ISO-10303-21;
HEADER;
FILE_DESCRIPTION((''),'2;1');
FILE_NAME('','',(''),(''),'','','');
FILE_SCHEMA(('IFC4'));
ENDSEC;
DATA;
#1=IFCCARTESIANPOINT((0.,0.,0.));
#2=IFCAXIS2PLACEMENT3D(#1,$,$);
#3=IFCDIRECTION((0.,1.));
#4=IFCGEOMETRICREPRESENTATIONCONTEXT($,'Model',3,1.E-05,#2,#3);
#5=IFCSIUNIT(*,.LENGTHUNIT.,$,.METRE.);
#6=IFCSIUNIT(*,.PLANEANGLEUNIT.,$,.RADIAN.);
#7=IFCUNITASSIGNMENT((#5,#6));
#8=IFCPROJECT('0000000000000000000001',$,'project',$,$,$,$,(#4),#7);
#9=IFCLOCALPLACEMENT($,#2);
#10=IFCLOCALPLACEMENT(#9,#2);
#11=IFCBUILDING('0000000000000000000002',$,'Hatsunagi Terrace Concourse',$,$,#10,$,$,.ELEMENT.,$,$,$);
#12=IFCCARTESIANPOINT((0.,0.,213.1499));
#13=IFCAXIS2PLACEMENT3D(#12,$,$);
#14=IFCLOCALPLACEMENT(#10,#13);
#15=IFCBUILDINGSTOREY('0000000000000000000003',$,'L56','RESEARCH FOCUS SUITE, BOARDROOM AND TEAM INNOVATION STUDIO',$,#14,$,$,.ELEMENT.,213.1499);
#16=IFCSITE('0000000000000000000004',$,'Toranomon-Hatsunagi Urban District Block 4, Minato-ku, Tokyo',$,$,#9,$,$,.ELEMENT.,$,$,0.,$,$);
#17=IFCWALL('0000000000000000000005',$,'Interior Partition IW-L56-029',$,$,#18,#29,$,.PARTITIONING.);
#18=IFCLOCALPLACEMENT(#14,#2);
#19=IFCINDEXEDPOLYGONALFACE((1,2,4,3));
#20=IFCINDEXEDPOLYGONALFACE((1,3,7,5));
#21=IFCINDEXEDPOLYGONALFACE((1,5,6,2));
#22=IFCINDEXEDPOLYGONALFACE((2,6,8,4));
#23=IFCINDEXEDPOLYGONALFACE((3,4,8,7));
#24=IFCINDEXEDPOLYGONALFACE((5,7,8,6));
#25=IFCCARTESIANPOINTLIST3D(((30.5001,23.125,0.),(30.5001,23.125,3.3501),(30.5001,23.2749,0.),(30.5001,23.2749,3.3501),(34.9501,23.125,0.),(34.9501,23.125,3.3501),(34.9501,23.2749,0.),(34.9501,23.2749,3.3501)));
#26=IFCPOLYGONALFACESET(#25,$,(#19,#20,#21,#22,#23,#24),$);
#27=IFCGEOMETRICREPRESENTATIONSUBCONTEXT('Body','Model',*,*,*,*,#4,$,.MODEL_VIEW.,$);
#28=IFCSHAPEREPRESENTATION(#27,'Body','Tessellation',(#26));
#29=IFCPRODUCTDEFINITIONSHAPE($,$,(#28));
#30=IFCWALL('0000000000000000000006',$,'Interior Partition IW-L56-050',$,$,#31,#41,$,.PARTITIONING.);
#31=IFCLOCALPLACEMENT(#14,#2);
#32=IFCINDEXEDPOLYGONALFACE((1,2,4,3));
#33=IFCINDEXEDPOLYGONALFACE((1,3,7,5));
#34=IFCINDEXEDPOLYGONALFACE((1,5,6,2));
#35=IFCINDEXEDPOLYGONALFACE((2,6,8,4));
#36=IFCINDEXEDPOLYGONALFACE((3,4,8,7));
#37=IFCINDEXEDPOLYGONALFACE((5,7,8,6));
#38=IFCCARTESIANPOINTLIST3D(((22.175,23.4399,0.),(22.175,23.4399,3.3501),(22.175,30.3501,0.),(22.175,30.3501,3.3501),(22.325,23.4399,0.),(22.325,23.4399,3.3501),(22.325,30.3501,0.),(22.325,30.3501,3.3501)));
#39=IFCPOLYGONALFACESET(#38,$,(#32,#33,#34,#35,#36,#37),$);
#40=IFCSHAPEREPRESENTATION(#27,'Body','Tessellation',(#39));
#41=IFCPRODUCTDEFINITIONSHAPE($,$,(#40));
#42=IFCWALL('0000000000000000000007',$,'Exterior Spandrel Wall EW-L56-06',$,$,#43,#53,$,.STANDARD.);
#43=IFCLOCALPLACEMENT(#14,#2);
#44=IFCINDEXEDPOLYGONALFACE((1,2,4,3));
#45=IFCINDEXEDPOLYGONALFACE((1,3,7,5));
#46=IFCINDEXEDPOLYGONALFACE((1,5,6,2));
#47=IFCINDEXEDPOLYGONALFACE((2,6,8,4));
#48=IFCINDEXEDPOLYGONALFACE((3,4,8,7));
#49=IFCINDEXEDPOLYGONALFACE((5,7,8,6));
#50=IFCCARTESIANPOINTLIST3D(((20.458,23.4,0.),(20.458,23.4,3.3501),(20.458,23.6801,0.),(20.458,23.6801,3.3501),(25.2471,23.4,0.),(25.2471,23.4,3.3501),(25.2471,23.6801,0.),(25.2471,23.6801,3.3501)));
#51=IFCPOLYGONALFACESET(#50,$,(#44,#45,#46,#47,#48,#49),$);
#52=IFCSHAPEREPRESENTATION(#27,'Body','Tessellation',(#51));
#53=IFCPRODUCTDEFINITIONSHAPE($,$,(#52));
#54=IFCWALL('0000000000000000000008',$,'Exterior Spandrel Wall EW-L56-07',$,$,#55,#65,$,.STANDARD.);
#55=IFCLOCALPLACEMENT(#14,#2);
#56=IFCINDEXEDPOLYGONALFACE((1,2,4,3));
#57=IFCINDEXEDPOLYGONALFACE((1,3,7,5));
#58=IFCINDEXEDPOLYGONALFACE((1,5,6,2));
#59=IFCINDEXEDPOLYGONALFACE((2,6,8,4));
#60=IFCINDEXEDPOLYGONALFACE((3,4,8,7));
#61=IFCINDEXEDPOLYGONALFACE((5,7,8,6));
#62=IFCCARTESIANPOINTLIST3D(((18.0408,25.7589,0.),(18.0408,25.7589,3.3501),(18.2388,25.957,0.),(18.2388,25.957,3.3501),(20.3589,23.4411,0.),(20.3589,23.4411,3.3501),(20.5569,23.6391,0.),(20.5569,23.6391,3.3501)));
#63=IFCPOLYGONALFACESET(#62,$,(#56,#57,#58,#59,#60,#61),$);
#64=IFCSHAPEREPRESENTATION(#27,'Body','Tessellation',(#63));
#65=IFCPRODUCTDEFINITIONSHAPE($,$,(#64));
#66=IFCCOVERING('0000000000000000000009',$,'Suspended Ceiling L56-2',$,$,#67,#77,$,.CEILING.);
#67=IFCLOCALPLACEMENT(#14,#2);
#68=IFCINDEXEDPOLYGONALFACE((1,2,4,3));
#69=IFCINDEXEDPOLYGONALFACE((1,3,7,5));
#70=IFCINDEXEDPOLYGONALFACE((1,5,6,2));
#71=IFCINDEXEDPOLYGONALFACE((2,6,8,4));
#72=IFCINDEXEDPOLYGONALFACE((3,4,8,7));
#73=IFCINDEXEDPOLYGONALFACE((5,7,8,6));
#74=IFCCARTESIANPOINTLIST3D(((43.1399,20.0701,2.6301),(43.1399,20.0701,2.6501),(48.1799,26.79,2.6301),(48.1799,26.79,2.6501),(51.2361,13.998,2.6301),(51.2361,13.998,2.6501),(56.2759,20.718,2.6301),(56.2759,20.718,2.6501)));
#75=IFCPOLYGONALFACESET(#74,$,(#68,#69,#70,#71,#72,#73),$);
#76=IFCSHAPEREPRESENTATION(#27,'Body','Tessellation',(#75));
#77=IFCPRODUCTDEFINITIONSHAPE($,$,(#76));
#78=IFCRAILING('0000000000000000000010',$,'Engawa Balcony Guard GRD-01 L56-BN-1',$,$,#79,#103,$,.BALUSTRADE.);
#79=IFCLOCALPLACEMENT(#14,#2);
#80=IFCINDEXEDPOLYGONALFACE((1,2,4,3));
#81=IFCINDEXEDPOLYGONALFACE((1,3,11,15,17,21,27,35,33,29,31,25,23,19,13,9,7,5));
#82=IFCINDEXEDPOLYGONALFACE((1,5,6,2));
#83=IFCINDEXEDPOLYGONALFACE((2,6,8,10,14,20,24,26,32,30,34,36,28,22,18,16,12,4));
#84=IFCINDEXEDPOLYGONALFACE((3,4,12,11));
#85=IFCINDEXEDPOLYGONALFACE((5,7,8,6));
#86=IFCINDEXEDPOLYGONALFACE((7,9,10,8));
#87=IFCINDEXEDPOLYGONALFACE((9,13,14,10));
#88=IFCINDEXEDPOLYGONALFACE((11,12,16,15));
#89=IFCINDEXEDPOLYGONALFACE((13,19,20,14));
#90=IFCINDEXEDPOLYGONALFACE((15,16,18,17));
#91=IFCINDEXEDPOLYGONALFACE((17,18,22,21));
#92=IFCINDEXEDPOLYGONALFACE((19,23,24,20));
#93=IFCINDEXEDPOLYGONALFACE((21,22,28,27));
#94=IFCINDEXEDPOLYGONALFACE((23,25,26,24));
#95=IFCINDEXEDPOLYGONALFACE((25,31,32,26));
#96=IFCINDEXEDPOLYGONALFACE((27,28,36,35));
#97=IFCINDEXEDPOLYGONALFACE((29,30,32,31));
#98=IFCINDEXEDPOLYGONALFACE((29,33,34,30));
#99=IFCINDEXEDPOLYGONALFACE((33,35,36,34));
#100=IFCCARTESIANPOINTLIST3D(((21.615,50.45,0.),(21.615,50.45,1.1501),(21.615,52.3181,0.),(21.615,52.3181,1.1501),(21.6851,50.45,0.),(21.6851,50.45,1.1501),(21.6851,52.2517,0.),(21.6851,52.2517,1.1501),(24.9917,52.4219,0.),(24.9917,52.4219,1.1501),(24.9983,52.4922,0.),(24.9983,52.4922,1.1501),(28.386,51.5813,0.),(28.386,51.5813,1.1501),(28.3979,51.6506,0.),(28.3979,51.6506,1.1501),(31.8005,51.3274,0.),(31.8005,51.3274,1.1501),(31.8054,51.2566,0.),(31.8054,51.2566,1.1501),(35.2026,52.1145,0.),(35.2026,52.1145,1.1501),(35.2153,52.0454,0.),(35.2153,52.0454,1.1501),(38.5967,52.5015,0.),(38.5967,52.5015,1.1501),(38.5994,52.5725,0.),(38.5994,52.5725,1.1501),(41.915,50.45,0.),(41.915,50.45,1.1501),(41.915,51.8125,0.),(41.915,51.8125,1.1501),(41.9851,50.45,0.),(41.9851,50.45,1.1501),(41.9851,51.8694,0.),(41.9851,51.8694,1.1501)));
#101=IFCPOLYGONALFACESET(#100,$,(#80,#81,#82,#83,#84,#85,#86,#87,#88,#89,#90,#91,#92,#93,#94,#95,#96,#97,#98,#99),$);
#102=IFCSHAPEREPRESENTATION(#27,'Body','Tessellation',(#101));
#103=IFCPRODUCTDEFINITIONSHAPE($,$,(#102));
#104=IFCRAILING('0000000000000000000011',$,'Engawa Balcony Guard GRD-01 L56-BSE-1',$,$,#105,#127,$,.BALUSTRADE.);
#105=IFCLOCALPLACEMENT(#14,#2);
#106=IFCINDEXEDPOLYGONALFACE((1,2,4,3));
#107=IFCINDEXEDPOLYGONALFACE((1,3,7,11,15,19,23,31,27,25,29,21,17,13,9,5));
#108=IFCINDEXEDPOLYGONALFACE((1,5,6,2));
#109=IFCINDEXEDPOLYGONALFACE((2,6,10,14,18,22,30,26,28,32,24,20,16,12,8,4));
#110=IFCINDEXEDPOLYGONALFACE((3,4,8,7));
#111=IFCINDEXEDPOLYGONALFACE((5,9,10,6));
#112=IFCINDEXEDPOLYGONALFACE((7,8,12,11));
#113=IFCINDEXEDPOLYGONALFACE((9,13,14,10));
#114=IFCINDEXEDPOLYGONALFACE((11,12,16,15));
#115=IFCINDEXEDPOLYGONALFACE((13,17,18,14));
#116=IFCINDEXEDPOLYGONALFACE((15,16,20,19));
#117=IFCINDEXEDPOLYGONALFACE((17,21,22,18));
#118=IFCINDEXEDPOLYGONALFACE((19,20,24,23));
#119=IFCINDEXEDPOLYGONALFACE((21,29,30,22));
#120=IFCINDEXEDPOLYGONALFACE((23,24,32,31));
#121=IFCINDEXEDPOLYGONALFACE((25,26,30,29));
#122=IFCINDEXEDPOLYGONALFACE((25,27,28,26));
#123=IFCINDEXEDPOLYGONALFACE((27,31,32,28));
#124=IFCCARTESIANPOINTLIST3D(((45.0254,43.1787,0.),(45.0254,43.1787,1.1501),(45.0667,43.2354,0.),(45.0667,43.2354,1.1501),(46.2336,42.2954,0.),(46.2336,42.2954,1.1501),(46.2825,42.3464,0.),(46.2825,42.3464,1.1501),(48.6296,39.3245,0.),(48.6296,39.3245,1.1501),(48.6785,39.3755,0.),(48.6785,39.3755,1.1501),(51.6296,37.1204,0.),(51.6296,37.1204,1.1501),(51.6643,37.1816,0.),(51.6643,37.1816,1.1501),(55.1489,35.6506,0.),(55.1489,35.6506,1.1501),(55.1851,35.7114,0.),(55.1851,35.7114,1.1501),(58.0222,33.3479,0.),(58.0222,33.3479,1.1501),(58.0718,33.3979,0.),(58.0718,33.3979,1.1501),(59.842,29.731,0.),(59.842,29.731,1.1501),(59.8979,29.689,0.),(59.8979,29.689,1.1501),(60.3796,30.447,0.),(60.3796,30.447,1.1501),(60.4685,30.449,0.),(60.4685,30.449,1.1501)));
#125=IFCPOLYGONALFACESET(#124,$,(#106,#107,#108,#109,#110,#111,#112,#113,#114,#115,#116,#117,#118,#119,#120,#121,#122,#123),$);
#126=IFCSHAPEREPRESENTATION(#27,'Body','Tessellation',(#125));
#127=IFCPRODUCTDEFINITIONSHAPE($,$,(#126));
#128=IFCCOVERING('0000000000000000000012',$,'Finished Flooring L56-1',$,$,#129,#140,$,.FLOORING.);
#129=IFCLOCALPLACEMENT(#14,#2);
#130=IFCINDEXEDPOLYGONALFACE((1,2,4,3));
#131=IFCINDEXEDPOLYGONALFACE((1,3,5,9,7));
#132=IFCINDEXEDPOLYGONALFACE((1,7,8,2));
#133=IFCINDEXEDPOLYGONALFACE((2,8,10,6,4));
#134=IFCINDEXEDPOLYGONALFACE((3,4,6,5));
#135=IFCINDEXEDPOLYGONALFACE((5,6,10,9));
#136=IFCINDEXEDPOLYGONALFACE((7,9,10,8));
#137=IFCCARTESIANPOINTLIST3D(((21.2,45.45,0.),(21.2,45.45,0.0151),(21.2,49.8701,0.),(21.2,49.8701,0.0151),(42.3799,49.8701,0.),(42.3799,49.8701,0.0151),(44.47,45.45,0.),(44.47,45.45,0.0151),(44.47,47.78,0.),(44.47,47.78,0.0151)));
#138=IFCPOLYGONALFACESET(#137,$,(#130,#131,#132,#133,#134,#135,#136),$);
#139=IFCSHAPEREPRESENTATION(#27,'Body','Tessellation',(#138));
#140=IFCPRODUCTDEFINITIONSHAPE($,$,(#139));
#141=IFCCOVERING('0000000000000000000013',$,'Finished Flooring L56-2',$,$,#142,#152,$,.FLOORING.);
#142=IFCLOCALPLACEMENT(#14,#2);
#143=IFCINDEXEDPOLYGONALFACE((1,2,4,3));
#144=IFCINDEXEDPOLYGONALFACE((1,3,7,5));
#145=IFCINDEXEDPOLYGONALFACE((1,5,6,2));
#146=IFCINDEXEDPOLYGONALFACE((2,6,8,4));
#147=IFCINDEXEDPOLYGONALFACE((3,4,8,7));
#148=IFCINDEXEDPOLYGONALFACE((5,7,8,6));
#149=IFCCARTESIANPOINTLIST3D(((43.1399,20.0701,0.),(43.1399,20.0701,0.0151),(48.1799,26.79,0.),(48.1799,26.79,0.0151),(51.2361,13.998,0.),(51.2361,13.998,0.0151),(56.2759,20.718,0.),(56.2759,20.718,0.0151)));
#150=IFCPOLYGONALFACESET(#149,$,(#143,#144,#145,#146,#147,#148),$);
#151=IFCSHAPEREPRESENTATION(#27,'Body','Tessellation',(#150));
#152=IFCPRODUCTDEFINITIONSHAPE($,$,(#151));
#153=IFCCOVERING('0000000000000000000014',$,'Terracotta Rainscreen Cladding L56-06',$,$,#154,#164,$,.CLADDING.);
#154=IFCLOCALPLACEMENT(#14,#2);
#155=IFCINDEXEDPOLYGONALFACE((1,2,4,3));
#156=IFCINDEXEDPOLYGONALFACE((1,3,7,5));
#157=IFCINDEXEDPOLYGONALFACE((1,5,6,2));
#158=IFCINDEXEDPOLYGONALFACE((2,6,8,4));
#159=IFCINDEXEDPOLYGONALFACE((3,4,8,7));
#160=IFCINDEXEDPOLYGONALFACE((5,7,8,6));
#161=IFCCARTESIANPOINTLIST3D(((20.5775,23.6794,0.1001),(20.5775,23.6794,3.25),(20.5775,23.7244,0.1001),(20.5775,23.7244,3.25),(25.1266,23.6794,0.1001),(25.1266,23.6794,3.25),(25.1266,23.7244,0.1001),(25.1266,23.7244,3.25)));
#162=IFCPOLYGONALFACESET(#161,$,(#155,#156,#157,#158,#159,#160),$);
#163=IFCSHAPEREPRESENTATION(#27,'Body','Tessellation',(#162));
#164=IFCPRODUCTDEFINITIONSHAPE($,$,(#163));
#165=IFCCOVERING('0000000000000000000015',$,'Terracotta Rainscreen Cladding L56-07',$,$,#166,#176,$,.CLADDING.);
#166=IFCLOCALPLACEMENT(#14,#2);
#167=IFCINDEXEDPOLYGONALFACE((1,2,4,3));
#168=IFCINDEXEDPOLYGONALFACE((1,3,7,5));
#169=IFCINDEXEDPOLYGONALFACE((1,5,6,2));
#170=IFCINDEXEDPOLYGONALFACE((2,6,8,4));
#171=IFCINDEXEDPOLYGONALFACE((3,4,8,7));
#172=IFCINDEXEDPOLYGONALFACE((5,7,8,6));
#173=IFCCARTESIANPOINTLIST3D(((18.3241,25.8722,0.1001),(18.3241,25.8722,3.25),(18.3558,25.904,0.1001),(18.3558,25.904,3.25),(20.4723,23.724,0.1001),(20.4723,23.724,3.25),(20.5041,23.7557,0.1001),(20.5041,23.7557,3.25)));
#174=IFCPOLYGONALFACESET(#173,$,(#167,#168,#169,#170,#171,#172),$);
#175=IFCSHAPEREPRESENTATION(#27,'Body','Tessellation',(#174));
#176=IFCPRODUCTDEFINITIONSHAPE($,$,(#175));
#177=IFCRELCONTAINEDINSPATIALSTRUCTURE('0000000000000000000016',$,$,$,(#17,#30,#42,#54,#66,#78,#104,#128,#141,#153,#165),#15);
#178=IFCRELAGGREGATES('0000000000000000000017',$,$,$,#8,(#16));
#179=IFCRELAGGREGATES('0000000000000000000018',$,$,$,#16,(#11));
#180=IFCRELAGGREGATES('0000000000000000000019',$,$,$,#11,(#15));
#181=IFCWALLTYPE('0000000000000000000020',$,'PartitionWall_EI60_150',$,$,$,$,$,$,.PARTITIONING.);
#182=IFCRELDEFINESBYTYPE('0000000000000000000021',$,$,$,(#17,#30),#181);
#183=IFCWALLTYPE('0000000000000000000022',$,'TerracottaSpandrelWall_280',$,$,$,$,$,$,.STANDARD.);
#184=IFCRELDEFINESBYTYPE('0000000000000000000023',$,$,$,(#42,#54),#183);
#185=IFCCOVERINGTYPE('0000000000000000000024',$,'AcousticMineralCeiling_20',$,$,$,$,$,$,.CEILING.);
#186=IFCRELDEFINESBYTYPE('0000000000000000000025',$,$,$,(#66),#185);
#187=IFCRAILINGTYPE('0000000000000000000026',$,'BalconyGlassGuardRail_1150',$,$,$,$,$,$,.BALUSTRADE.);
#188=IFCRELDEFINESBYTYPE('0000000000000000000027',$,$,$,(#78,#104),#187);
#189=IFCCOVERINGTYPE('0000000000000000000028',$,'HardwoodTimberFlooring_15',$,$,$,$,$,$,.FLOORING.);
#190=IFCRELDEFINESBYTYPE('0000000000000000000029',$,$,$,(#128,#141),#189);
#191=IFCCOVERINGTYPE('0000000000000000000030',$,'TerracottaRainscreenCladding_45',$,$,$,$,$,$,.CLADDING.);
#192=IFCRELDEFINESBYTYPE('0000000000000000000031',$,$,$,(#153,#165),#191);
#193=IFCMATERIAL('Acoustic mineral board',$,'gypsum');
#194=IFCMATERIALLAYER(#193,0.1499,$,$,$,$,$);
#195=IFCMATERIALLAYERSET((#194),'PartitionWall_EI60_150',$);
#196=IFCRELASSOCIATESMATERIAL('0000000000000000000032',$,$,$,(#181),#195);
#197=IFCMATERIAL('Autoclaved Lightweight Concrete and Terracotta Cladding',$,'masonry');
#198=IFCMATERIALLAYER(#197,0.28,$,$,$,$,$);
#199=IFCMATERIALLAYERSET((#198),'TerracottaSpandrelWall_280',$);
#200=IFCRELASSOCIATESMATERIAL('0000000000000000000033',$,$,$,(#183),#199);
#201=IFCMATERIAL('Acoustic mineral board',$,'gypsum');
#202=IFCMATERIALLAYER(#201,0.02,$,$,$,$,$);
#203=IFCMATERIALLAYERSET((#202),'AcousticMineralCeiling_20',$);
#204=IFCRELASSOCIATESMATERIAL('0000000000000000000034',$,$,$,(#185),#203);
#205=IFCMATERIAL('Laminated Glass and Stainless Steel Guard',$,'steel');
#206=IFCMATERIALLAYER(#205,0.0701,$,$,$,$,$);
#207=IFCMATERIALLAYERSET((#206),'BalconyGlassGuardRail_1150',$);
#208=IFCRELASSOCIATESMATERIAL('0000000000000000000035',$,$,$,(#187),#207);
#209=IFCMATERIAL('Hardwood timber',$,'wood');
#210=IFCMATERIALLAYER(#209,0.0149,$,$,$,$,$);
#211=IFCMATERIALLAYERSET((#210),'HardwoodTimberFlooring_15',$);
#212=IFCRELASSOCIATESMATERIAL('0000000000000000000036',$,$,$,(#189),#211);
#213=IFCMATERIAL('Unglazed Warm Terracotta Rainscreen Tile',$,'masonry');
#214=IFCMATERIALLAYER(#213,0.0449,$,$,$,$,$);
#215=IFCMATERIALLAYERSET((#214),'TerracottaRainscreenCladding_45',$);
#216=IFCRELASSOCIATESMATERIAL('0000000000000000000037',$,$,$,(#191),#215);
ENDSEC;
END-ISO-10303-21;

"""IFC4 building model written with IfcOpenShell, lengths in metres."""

from ifc_helpers import new_model, si_unit, direction, frame, frame_2d, origin, origin_2d, place, context, subcontext, project, spatial, polyline, rectangle, outline, extrude, material, layer, layer_set, type_object, element, save


model = new_model("IFC4")

# Units and contexts
model_context = context("Model", 3, precision=1e-05, world=origin(), true_north=direction((0.0, 1.0)))
body_context = subcontext(model_context, "Body", "Model", "MODEL_VIEW")
ifc_project = project(units=[si_unit("LENGTHUNIT", "METRE"), si_unit("PLANEANGLEUNIT", "RADIAN")], contexts=[model_context])

# Site, building, storey
site_placement = place(None, origin())
site = spatial("IfcSite", under=ifc_project, at=site_placement, Name="Toranomon-Hatsunagi Urban District Block 4, Minato-ku, Tokyo", CompositionType="ELEMENT", RefElevation=0.0)
building_placement = place(site_placement, origin())
building = spatial("IfcBuilding", under=site, at=building_placement, Name="Hatsunagi Terrace Concourse", CompositionType="ELEMENT")
storey_placement = place(building_placement, frame((0.0, 0.0, 213.1499)))
storey = spatial("IfcBuildingStorey", under=building, at=storey_placement, Name="L56", Description="RESEARCH FOCUS SUITE, BOARDROOM AND TEAM INNOVATION STUDIO", CompositionType="ELEMENT", Elevation=213.1499)

# Wall
ifc_material_1 = material(Name="Acoustic mineral board", Category="gypsum")
ifc_layer_1 = layer(ifc_material_1, 0.1499)
ifc_layer_set_1 = layer_set([ifc_layer_1], Name="PartitionWall_EI60_150")
wall_type_1 = type_object("IfcWallType", Name="PartitionWall_EI60_150", PredefinedType="PARTITIONING", material=ifc_layer_set_1)
wall_1_placement = place(storey_placement, frame((30.5, 23.2, 0.0), z_axis=(0.0, 0.0, 1.0), x_axis=(1.0, 0.0, 0.0)))
element("IfcWall", 1, at=wall_1_placement, inside=storey, type_object=wall_type_1, Name="Interior Partition IW-L56-029", PredefinedType="PARTITIONING", context=body_context, shape_type="SweptSolid", body=[
    extrude(rectangle(XDim=4.45, YDim=0.1499, at=frame_2d((2.2251, 0.0))), origin(), (0.0, 0.0, 1.0), 3.3501),
])

# Walls
wall_2_placement = place(storey_placement, frame((22.25, 23.4399, 0.0), z_axis=(0.0, 0.0, 1.0), x_axis=(0.0, 1.0, 0.0)))
element("IfcWall", 2, at=wall_2_placement, inside=storey, type_object=wall_type_1, Name="Interior Partition IW-L56-050", PredefinedType="PARTITIONING", context=body_context, shape_type="SweptSolid", body=[
    extrude(rectangle(XDim=6.9102, YDim=0.1499, at=frame_2d((3.4551, 0.0))), origin(), (0.0, 0.0, 1.0), 3.3501),
])
ifc_material_2 = material(Name="Autoclaved Lightweight Concrete and Terracotta Cladding", Category="masonry")
ifc_layer_2 = layer(ifc_material_2, 0.28)
ifc_layer_set_2 = layer_set([ifc_layer_2], Name="TerracottaSpandrelWall_280")
wall_type_2 = type_object("IfcWallType", Name="TerracottaSpandrelWall_280", PredefinedType="STANDARD", material=ifc_layer_set_2)
wall_3_placement = place(storey_placement, frame((25.2471, 23.54, 0.0), z_axis=(0.0, 0.0, 1.0), x_axis=(-1.0, 0.0, 0.0)))
element("IfcWall", 3, at=wall_3_placement, inside=storey, type_object=wall_type_2, Name="Exterior Spandrel Wall EW-L56-06", PredefinedType="STANDARD", context=body_context, shape_type="SweptSolid", body=[
    extrude(rectangle(XDim=4.7891, YDim=0.28, at=frame_2d((2.3945, 0.0))), origin(), (0.0, 0.0, 1.0), 3.3501),
])
wall_4_placement = place(storey_placement, frame((20.458, 23.54, 0.0), z_axis=(0.0, 0.0, 1.0), x_axis=(-0.707144, 0.70707, 0.0)))
element("IfcWall", 4, at=wall_4_placement, inside=storey, type_object=wall_type_2, Name="Exterior Spandrel Wall EW-L56-07", PredefinedType="STANDARD", context=body_context, shape_type="SweptSolid", body=[
    extrude(rectangle(XDim=3.2781, YDim=0.28, at=frame_2d((1.6392, 0.0))), origin(), (0.0, 0.0, 1.0), 3.3501),
])

# Covering
ifc_material_3 = material(Name="Acoustic mineral board", Category="gypsum")
ifc_layer_3 = layer(ifc_material_3, 0.02)
ifc_layer_set_3 = layer_set([ifc_layer_3], Name="AcousticMineralCeiling_20")
covering_type_1 = type_object("IfcCoveringType", Name="AcousticMineralCeiling_20", PredefinedType="CEILING", material=ifc_layer_set_3)
covering_1_placement = place(storey_placement, frame((0.0, 0.0, 2.6301)))
element("IfcCovering", 5, at=covering_1_placement, inside=storey, type_object=covering_type_1, Name="Suspended Ceiling L56-2", PredefinedType="CEILING", context=body_context, shape_type="SweptSolid", body=[
    extrude(outline(polyline([(56.2759, 20.718), (48.1799, 26.79), (43.1399, 20.0701), (51.2361, 13.998), (56.2759, 20.718)])), origin(), (0.0, 0.0, 1.0), 0.02),
])

# Railings
ifc_material_4 = material(Name="Laminated Glass and Stainless Steel Guard", Category="steel")
ifc_layer_4 = layer(ifc_material_4, 0.0701)
ifc_layer_set_4 = layer_set([ifc_layer_4], Name="BalconyGlassGuardRail_1150")
railing_type = type_object("IfcRailingType", Name="BalconyGlassGuardRail_1150", PredefinedType="BALUSTRADE", material=ifc_layer_set_4)
railing_1_placement = place(storey_placement, origin())
element("IfcRailing", 6, at=railing_1_placement, inside=storey, type_object=railing_type, Name="Engawa Balcony Guard GRD-01 L56-BN-1", PredefinedType="BALUSTRADE", context=body_context, shape_type="SweptSolid", body=[
    extrude(outline(polyline([(21.615, 50.45), (21.6851, 50.45), (21.6851, 52.2517), (24.9917, 52.4219), (28.386, 51.5813), (31.8054, 51.2566), (35.2153, 52.0454), (38.5967, 52.5015), (41.915, 51.8125), (41.915, 50.45), (41.9851, 50.45), (41.9851, 51.8694), (38.5994, 52.5725), (35.2026, 52.1145), (31.8005, 51.3274), (28.3979, 51.6506), (24.9983, 52.4922), (21.615, 52.3181), (21.615, 50.45)])), origin(), (0.0, 0.0, 1.0), 1.1501),
])
railing_2_placement = place(storey_placement, origin())
element("IfcRailing", 7, at=railing_2_placement, inside=storey, type_object=railing_type, Name="Engawa Balcony Guard GRD-01 L56-BSE-1", PredefinedType="BALUSTRADE", context=body_context, shape_type="SweptSolid", body=[
    extrude(outline(polyline([(45.0667, 43.2354), (45.0254, 43.1787), (46.2336, 42.2954), (48.6296, 39.3245), (51.6296, 37.1204), (55.1489, 35.6506), (58.0222, 33.3479), (60.3796, 30.447), (59.842, 29.731), (59.8979, 29.689), (60.4685, 30.449), (58.0718, 33.3979), (55.1851, 35.7114), (51.6643, 37.1816), (48.6785, 39.3755), (46.2825, 42.3464), (45.0667, 43.2354)])), origin(), (0.0, 0.0, 1.0), 1.1501),
])

# Coverings
ifc_material_5 = material(Name="Hardwood timber", Category="wood")
ifc_layer_5 = layer(ifc_material_5, 0.0149)
ifc_layer_set_5 = layer_set([ifc_layer_5], Name="HardwoodTimberFlooring_15")
covering_type_2 = type_object("IfcCoveringType", Name="HardwoodTimberFlooring_15", PredefinedType="FLOORING", material=ifc_layer_set_5)
covering_2_placement = place(storey_placement, origin())
element("IfcCovering", 8, at=covering_2_placement, inside=storey, type_object=covering_type_2, Name="Finished Flooring L56-1", PredefinedType="FLOORING", context=body_context, shape_type="SweptSolid", body=[
    extrude(outline(polyline([(42.3799, 49.8701), (21.2, 49.8701), (21.2, 45.45), (44.47, 45.45), (44.47, 47.78), (42.3799, 49.8701)])), origin(), (0.0, 0.0, 1.0), 0.0151),
])
covering_3_placement = place(storey_placement, origin())
element("IfcCovering", 9, at=covering_3_placement, inside=storey, type_object=covering_type_2, Name="Finished Flooring L56-2", PredefinedType="FLOORING", context=body_context, shape_type="SweptSolid", body=[
    extrude(outline(polyline([(56.2759, 20.718), (48.1799, 26.79), (43.1399, 20.0701), (51.2361, 13.998), (56.2759, 20.718)])), origin(), (0.0, 0.0, 1.0), 0.0151),
])
ifc_material_6 = material(Name="Unglazed Warm Terracotta Rainscreen Tile", Category="masonry")
ifc_layer_6 = layer(ifc_material_6, 0.0449)
ifc_layer_set_6 = layer_set([ifc_layer_6], Name="TerracottaRainscreenCladding_45")
covering_type_3 = type_object("IfcCoveringType", Name="TerracottaRainscreenCladding_45", PredefinedType="CLADDING", material=ifc_layer_set_6)
covering_4_placement = place(storey_placement, frame((22.8521, 23.7019, 0.1001), z_axis=(0.0, 0.0, 1.0), x_axis=(-1.0, 0.0, 0.0)))
element("IfcCovering", 10, at=covering_4_placement, inside=storey, type_object=covering_type_3, Name="Terracotta Rainscreen Cladding L56-06", PredefinedType="CLADDING", context=body_context, shape_type="SweptSolid", body=[
    extrude(rectangle(XDim=4.5491, YDim=0.0449, at=origin_2d()), origin(), (0.0, 0.0, 1.0), 3.1499),
])
covering_5_placement = place(storey_placement, frame((19.4141, 24.814, 0.1001), z_axis=(0.0, 0.0, 1.0), x_axis=(-0.707107, 0.707107, 0.0)))
element("IfcCovering", 11, at=covering_5_placement, inside=storey, type_object=covering_type_3, Name="Terracotta Rainscreen Cladding L56-07", PredefinedType="CLADDING", context=body_context, shape_type="SweptSolid", body=[
    extrude(rectangle(XDim=3.0381, YDim=0.0449, at=origin_2d()), origin(), (0.0, 0.0, 1.0), 3.1499),
])

save(model, "model.ifc")
